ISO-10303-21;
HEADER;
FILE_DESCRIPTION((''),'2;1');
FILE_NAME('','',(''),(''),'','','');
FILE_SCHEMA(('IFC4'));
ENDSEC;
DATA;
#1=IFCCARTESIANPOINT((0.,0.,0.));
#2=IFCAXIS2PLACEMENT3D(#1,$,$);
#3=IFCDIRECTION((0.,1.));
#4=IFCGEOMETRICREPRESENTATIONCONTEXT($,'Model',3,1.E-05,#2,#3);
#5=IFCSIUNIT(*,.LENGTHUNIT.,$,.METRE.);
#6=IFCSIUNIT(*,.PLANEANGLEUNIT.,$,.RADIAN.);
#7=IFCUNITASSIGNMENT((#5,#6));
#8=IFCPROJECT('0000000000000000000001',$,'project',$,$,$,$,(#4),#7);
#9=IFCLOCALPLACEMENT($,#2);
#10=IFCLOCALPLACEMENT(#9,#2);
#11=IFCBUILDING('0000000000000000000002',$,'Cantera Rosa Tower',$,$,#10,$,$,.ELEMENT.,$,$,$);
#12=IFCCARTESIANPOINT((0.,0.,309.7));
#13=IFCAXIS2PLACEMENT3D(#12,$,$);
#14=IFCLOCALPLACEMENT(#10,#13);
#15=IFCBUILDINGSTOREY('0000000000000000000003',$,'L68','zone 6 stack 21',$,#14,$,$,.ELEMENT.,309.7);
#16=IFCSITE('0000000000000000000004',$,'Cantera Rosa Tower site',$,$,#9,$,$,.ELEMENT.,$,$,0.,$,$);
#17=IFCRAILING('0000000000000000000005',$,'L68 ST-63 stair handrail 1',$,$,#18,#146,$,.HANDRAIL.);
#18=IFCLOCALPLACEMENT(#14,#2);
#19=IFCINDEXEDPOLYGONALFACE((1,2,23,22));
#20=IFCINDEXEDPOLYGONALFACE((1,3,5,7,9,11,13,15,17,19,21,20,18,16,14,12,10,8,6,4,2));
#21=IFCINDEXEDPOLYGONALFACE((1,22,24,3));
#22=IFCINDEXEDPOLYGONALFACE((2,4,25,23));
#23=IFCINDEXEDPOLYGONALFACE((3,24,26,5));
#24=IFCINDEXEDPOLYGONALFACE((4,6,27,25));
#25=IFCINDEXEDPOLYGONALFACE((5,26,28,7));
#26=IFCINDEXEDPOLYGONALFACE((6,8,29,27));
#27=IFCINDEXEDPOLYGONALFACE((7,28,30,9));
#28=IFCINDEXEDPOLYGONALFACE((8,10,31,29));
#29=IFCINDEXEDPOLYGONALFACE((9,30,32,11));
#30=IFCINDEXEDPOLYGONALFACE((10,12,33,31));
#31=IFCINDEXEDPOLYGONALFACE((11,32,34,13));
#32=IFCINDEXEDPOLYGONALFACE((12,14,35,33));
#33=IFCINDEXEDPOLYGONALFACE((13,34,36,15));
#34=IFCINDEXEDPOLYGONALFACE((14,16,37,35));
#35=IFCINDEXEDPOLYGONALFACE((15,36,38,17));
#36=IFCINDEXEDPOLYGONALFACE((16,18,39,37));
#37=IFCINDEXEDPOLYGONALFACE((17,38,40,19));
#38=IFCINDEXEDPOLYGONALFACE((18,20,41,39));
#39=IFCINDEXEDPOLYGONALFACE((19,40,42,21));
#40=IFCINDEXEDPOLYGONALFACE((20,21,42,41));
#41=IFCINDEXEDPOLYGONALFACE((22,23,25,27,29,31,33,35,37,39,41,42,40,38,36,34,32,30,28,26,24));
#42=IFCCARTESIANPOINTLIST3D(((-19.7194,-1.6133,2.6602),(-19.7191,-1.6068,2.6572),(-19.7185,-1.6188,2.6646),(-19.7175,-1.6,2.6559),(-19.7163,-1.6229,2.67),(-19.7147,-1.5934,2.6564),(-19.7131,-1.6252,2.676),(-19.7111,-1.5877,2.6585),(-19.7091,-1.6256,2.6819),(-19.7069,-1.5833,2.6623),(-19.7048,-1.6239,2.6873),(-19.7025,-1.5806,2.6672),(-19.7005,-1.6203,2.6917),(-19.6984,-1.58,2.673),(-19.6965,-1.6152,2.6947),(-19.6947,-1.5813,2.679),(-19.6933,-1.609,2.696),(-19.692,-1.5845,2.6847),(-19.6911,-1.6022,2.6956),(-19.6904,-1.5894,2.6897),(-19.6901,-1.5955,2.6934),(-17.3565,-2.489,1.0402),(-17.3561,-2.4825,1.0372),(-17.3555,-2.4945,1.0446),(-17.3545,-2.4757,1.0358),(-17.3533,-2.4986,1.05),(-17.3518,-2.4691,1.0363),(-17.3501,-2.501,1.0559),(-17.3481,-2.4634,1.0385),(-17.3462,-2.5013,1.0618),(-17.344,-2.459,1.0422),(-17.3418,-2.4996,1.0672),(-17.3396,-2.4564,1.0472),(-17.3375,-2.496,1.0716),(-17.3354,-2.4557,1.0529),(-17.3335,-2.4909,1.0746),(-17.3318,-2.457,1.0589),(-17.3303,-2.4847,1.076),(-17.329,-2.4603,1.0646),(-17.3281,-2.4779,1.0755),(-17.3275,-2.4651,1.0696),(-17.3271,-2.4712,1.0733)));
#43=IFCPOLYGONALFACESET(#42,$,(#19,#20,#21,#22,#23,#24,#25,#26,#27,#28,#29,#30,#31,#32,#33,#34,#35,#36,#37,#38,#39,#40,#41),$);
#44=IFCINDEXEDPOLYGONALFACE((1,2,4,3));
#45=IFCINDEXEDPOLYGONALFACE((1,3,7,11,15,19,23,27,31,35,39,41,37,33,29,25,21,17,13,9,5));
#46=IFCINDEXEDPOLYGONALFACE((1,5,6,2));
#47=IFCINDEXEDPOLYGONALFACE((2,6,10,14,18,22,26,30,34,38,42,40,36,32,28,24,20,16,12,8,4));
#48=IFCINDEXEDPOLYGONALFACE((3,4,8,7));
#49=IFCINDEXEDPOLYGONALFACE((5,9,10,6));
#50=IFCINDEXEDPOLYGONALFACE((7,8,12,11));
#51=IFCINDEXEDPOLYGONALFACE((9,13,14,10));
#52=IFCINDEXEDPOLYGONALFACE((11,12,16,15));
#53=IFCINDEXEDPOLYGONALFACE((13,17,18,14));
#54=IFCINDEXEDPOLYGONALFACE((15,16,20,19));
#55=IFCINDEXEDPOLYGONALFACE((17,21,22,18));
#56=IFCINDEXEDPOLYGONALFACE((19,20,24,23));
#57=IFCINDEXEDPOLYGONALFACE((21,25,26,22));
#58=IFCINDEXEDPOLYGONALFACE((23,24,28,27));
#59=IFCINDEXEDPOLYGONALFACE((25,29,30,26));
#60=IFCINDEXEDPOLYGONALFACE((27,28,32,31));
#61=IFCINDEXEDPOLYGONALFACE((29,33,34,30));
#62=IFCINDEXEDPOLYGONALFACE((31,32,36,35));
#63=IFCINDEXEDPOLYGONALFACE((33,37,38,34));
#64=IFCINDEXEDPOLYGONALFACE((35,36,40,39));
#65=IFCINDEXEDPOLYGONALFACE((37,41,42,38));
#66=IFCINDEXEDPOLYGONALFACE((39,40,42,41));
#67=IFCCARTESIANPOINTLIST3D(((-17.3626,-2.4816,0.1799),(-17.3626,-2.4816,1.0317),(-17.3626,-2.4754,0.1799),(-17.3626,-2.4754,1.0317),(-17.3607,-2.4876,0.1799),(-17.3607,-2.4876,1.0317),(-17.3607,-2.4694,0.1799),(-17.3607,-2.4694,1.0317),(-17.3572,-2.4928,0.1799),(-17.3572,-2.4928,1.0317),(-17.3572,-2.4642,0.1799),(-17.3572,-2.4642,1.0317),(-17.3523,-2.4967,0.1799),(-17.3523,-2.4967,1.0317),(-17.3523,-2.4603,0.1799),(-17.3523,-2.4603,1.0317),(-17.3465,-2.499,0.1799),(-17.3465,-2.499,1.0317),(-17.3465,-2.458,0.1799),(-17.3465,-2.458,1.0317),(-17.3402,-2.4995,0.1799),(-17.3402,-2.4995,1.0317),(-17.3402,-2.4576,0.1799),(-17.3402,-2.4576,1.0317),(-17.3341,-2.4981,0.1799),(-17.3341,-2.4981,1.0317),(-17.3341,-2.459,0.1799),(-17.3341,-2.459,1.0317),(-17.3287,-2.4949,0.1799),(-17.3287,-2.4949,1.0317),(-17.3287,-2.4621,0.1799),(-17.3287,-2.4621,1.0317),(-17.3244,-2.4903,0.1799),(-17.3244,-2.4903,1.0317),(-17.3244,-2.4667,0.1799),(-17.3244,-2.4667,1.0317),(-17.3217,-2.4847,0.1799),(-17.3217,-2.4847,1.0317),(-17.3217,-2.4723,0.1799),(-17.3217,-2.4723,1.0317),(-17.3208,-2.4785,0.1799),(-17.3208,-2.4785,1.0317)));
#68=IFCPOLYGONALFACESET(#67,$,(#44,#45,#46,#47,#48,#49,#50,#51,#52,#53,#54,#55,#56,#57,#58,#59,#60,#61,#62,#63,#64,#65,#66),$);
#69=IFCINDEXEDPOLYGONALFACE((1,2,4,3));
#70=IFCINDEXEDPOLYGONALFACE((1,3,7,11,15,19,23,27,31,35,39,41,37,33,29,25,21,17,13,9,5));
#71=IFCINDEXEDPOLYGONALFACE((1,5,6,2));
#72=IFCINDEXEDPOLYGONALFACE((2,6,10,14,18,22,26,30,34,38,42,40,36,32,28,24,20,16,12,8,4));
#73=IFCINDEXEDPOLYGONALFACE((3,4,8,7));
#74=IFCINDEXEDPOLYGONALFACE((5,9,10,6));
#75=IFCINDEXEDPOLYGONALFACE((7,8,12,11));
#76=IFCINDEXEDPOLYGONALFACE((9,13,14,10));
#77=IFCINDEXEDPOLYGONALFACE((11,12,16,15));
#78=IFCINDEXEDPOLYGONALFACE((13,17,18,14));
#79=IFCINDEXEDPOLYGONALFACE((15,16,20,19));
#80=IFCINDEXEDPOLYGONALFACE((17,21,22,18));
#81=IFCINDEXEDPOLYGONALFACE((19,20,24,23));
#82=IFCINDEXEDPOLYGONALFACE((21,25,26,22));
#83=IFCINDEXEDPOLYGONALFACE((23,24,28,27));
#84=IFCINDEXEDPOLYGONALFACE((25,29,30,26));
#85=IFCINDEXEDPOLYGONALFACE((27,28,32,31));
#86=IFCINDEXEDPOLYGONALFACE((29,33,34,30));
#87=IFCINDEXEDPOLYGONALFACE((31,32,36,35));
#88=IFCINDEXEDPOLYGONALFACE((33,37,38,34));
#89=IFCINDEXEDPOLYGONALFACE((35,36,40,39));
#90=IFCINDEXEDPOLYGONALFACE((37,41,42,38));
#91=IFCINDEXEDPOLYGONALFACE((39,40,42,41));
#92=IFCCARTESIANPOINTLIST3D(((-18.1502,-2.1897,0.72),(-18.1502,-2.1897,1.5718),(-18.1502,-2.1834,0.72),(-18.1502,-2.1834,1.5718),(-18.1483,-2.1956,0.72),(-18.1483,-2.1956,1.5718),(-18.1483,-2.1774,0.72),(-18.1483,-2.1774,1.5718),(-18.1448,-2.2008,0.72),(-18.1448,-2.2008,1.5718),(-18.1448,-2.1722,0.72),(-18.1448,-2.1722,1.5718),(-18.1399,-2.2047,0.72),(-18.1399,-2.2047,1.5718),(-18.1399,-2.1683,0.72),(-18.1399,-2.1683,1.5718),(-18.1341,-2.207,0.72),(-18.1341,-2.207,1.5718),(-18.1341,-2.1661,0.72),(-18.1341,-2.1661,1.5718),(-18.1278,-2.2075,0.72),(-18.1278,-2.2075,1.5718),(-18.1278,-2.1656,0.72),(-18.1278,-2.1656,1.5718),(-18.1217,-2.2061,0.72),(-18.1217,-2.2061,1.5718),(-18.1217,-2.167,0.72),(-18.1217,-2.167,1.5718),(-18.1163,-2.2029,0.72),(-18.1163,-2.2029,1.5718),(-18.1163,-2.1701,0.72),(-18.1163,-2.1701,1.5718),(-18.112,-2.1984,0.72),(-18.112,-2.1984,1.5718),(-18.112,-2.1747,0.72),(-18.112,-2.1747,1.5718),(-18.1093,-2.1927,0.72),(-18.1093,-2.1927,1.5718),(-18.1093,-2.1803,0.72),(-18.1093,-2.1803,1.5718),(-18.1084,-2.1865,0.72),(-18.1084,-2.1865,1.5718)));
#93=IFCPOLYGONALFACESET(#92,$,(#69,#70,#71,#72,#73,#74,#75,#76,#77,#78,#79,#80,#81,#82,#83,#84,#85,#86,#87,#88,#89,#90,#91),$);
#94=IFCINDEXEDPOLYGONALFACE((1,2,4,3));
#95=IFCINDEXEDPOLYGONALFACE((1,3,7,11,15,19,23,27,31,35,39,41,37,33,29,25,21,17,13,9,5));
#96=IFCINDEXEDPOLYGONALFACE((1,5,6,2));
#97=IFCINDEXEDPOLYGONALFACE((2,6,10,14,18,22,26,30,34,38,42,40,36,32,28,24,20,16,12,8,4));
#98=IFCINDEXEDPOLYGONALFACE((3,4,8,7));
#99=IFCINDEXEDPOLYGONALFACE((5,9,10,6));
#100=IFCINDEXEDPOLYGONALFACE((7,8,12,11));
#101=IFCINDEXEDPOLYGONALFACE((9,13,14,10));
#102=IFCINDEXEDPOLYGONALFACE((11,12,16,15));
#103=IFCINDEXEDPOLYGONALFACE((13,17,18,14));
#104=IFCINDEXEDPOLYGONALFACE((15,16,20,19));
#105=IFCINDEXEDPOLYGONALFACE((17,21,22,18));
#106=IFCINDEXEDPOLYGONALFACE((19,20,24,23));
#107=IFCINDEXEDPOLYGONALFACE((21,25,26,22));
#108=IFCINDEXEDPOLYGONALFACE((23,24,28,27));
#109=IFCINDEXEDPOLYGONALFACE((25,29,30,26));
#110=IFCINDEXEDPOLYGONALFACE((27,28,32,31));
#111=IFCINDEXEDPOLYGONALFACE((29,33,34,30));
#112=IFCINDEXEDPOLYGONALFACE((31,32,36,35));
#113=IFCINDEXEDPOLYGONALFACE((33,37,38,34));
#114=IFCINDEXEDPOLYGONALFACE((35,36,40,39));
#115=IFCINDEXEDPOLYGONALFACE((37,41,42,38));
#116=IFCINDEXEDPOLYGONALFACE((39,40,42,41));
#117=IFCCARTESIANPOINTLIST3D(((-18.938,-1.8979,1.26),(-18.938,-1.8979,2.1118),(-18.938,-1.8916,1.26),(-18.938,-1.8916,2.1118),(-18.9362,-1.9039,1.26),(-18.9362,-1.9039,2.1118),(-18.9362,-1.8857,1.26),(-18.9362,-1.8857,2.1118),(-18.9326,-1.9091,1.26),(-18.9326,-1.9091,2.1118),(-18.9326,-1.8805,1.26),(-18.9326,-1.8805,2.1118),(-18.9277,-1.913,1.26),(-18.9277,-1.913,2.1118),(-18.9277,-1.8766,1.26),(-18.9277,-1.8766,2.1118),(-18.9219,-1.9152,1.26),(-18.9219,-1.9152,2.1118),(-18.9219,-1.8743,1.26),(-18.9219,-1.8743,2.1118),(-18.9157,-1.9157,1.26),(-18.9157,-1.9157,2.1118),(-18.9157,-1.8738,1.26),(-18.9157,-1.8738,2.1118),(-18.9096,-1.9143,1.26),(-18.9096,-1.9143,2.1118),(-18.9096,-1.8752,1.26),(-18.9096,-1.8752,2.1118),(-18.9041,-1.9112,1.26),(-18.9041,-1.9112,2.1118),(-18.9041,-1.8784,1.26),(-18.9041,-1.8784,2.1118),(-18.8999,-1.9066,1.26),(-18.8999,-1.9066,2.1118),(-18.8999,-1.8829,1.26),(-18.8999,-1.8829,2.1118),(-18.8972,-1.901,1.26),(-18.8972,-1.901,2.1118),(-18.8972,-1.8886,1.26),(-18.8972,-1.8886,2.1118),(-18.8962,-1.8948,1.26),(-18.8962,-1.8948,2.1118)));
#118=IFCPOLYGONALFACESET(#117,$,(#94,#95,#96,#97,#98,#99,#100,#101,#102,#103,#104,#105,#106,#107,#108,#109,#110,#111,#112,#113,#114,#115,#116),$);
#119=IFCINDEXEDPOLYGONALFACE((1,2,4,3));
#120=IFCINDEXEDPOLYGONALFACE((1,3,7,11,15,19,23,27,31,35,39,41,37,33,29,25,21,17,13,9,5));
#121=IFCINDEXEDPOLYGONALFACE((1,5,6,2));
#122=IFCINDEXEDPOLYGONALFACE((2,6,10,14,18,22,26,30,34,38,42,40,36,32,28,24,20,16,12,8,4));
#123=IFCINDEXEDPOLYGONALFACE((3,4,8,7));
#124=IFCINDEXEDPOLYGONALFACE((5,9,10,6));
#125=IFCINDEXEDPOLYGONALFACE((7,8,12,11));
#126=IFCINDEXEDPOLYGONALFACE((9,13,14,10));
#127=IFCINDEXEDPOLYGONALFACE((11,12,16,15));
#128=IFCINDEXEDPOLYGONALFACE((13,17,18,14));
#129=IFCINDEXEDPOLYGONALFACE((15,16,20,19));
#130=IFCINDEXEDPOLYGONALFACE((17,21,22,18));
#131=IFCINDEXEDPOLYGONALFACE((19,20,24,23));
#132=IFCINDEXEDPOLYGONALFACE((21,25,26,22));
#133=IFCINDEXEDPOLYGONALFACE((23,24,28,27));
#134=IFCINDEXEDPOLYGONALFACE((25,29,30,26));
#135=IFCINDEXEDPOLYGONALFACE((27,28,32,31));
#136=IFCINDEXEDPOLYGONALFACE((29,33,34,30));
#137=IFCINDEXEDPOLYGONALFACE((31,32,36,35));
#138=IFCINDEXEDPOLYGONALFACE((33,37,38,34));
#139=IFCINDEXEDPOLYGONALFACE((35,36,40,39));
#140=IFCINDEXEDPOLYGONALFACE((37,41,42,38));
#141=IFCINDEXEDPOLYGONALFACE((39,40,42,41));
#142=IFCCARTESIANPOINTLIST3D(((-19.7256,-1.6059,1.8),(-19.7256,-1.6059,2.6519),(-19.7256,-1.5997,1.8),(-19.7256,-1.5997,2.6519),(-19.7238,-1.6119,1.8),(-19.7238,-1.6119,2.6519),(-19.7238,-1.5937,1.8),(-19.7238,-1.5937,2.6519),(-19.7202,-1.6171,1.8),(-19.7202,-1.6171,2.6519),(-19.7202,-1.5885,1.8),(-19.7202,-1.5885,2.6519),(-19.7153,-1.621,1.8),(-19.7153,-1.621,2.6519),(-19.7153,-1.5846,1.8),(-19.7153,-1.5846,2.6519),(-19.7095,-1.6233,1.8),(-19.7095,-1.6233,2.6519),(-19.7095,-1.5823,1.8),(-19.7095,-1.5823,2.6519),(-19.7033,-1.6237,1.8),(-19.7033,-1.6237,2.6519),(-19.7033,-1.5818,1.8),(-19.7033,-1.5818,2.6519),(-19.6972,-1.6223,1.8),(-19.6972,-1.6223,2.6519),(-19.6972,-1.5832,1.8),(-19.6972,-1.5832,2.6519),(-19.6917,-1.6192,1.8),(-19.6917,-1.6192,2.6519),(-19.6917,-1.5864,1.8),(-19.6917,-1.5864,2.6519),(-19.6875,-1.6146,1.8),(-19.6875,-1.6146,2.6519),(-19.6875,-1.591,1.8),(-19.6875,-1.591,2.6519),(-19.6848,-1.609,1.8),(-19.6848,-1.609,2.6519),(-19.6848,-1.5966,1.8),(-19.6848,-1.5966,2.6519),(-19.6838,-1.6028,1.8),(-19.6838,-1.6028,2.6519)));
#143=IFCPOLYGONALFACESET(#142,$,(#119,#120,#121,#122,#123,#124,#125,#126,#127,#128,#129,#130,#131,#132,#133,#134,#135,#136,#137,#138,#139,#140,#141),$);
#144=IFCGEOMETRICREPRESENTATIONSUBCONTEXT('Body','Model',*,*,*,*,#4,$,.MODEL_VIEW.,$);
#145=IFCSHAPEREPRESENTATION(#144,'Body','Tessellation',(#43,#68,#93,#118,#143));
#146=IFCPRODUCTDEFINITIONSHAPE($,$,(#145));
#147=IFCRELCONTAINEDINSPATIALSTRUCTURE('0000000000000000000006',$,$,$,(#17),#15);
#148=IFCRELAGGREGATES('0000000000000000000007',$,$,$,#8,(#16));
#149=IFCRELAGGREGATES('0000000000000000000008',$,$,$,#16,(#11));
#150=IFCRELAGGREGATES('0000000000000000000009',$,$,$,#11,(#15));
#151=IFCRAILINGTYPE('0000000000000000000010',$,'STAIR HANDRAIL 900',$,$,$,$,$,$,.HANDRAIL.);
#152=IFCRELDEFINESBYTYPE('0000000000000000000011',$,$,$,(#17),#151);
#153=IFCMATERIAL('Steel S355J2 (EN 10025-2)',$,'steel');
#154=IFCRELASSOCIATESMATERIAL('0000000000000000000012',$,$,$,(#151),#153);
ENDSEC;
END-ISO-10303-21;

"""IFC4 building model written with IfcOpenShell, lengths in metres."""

from ifc_helpers import new_model, si_unit, direction, frame, origin, origin_2d, place, context, subcontext, project, spatial, circle, extrude, material, type_object, element, save


model = new_model("IFC4")

# Units and contexts
model_context = context("Model", 3, precision=1e-05, world=origin(), true_north=direction((0.0, 1.0)))
body_context = subcontext(model_context, "Body", "Model", "MODEL_VIEW")
ifc_project = project(units=[si_unit("LENGTHUNIT", "METRE"), si_unit("PLANEANGLEUNIT", "RADIAN")], contexts=[model_context])

# Site, building, storey
site_placement = place(None, origin())
site = spatial("IfcSite", under=ifc_project, at=site_placement, Name="Cantera Rosa Tower site", CompositionType="ELEMENT", RefElevation=0.0)
building_placement = place(site_placement, origin())
building = spatial("IfcBuilding", under=site, at=building_placement, Name="Cantera Rosa Tower", CompositionType="ELEMENT")
storey_placement = place(building_placement, frame((0.0, 0.0, 309.7)))
storey = spatial("IfcBuildingStorey", under=building, at=storey_placement, Name="L68", Description="zone 6 stack 21", CompositionType="ELEMENT", Elevation=309.7)

# Railing
ifc_material_1 = material(Name="Steel S355J2 (EN 10025-2)", Category="steel")
railing_type_1 = type_object("IfcRailingType", Name="STAIR HANDRAIL 900", PredefinedType="HANDRAIL", material=ifc_material_1)
railing_1_placement = place(storey_placement, frame((-17.3418, -2.4785, 0.1799)))
element("IfcRailing", 1, at=railing_1_placement, inside=storey, type_object=railing_type_1, Name="L68 ST-63 stair handrail 1", PredefinedType="HANDRAIL", context=body_context, shape_type="SweptSolid", body=[
    extrude(circle(Radius=0.0239, at=origin_2d()), frame((0.0, 0.0, 0.876), z_axis=(-0.788748, 0.292307, 0.540772), x_axis=(-0.347501, -0.93768, 0.0)), (0.0, 0.0, 1.0), 2.9958),
    extrude(circle(Radius=0.021, at=origin_2d()), origin(), (0.0, 0.0, 1.0), 0.8518),
    extrude(circle(Radius=0.021, at=origin_2d()), frame((-0.7876, 0.292, 0.54)), (0.0, 0.0, 1.0), 0.8518),
    extrude(circle(Radius=0.021, at=origin_2d()), frame((-1.5754, 0.5837, 1.0801)), (0.0, 0.0, 1.0), 0.8518),
    extrude(circle(Radius=0.021, at=origin_2d()), frame((-2.363, 0.8757, 1.6201)), (0.0, 0.0, 1.0), 0.8518),
])

save(model, "model.ifc")
